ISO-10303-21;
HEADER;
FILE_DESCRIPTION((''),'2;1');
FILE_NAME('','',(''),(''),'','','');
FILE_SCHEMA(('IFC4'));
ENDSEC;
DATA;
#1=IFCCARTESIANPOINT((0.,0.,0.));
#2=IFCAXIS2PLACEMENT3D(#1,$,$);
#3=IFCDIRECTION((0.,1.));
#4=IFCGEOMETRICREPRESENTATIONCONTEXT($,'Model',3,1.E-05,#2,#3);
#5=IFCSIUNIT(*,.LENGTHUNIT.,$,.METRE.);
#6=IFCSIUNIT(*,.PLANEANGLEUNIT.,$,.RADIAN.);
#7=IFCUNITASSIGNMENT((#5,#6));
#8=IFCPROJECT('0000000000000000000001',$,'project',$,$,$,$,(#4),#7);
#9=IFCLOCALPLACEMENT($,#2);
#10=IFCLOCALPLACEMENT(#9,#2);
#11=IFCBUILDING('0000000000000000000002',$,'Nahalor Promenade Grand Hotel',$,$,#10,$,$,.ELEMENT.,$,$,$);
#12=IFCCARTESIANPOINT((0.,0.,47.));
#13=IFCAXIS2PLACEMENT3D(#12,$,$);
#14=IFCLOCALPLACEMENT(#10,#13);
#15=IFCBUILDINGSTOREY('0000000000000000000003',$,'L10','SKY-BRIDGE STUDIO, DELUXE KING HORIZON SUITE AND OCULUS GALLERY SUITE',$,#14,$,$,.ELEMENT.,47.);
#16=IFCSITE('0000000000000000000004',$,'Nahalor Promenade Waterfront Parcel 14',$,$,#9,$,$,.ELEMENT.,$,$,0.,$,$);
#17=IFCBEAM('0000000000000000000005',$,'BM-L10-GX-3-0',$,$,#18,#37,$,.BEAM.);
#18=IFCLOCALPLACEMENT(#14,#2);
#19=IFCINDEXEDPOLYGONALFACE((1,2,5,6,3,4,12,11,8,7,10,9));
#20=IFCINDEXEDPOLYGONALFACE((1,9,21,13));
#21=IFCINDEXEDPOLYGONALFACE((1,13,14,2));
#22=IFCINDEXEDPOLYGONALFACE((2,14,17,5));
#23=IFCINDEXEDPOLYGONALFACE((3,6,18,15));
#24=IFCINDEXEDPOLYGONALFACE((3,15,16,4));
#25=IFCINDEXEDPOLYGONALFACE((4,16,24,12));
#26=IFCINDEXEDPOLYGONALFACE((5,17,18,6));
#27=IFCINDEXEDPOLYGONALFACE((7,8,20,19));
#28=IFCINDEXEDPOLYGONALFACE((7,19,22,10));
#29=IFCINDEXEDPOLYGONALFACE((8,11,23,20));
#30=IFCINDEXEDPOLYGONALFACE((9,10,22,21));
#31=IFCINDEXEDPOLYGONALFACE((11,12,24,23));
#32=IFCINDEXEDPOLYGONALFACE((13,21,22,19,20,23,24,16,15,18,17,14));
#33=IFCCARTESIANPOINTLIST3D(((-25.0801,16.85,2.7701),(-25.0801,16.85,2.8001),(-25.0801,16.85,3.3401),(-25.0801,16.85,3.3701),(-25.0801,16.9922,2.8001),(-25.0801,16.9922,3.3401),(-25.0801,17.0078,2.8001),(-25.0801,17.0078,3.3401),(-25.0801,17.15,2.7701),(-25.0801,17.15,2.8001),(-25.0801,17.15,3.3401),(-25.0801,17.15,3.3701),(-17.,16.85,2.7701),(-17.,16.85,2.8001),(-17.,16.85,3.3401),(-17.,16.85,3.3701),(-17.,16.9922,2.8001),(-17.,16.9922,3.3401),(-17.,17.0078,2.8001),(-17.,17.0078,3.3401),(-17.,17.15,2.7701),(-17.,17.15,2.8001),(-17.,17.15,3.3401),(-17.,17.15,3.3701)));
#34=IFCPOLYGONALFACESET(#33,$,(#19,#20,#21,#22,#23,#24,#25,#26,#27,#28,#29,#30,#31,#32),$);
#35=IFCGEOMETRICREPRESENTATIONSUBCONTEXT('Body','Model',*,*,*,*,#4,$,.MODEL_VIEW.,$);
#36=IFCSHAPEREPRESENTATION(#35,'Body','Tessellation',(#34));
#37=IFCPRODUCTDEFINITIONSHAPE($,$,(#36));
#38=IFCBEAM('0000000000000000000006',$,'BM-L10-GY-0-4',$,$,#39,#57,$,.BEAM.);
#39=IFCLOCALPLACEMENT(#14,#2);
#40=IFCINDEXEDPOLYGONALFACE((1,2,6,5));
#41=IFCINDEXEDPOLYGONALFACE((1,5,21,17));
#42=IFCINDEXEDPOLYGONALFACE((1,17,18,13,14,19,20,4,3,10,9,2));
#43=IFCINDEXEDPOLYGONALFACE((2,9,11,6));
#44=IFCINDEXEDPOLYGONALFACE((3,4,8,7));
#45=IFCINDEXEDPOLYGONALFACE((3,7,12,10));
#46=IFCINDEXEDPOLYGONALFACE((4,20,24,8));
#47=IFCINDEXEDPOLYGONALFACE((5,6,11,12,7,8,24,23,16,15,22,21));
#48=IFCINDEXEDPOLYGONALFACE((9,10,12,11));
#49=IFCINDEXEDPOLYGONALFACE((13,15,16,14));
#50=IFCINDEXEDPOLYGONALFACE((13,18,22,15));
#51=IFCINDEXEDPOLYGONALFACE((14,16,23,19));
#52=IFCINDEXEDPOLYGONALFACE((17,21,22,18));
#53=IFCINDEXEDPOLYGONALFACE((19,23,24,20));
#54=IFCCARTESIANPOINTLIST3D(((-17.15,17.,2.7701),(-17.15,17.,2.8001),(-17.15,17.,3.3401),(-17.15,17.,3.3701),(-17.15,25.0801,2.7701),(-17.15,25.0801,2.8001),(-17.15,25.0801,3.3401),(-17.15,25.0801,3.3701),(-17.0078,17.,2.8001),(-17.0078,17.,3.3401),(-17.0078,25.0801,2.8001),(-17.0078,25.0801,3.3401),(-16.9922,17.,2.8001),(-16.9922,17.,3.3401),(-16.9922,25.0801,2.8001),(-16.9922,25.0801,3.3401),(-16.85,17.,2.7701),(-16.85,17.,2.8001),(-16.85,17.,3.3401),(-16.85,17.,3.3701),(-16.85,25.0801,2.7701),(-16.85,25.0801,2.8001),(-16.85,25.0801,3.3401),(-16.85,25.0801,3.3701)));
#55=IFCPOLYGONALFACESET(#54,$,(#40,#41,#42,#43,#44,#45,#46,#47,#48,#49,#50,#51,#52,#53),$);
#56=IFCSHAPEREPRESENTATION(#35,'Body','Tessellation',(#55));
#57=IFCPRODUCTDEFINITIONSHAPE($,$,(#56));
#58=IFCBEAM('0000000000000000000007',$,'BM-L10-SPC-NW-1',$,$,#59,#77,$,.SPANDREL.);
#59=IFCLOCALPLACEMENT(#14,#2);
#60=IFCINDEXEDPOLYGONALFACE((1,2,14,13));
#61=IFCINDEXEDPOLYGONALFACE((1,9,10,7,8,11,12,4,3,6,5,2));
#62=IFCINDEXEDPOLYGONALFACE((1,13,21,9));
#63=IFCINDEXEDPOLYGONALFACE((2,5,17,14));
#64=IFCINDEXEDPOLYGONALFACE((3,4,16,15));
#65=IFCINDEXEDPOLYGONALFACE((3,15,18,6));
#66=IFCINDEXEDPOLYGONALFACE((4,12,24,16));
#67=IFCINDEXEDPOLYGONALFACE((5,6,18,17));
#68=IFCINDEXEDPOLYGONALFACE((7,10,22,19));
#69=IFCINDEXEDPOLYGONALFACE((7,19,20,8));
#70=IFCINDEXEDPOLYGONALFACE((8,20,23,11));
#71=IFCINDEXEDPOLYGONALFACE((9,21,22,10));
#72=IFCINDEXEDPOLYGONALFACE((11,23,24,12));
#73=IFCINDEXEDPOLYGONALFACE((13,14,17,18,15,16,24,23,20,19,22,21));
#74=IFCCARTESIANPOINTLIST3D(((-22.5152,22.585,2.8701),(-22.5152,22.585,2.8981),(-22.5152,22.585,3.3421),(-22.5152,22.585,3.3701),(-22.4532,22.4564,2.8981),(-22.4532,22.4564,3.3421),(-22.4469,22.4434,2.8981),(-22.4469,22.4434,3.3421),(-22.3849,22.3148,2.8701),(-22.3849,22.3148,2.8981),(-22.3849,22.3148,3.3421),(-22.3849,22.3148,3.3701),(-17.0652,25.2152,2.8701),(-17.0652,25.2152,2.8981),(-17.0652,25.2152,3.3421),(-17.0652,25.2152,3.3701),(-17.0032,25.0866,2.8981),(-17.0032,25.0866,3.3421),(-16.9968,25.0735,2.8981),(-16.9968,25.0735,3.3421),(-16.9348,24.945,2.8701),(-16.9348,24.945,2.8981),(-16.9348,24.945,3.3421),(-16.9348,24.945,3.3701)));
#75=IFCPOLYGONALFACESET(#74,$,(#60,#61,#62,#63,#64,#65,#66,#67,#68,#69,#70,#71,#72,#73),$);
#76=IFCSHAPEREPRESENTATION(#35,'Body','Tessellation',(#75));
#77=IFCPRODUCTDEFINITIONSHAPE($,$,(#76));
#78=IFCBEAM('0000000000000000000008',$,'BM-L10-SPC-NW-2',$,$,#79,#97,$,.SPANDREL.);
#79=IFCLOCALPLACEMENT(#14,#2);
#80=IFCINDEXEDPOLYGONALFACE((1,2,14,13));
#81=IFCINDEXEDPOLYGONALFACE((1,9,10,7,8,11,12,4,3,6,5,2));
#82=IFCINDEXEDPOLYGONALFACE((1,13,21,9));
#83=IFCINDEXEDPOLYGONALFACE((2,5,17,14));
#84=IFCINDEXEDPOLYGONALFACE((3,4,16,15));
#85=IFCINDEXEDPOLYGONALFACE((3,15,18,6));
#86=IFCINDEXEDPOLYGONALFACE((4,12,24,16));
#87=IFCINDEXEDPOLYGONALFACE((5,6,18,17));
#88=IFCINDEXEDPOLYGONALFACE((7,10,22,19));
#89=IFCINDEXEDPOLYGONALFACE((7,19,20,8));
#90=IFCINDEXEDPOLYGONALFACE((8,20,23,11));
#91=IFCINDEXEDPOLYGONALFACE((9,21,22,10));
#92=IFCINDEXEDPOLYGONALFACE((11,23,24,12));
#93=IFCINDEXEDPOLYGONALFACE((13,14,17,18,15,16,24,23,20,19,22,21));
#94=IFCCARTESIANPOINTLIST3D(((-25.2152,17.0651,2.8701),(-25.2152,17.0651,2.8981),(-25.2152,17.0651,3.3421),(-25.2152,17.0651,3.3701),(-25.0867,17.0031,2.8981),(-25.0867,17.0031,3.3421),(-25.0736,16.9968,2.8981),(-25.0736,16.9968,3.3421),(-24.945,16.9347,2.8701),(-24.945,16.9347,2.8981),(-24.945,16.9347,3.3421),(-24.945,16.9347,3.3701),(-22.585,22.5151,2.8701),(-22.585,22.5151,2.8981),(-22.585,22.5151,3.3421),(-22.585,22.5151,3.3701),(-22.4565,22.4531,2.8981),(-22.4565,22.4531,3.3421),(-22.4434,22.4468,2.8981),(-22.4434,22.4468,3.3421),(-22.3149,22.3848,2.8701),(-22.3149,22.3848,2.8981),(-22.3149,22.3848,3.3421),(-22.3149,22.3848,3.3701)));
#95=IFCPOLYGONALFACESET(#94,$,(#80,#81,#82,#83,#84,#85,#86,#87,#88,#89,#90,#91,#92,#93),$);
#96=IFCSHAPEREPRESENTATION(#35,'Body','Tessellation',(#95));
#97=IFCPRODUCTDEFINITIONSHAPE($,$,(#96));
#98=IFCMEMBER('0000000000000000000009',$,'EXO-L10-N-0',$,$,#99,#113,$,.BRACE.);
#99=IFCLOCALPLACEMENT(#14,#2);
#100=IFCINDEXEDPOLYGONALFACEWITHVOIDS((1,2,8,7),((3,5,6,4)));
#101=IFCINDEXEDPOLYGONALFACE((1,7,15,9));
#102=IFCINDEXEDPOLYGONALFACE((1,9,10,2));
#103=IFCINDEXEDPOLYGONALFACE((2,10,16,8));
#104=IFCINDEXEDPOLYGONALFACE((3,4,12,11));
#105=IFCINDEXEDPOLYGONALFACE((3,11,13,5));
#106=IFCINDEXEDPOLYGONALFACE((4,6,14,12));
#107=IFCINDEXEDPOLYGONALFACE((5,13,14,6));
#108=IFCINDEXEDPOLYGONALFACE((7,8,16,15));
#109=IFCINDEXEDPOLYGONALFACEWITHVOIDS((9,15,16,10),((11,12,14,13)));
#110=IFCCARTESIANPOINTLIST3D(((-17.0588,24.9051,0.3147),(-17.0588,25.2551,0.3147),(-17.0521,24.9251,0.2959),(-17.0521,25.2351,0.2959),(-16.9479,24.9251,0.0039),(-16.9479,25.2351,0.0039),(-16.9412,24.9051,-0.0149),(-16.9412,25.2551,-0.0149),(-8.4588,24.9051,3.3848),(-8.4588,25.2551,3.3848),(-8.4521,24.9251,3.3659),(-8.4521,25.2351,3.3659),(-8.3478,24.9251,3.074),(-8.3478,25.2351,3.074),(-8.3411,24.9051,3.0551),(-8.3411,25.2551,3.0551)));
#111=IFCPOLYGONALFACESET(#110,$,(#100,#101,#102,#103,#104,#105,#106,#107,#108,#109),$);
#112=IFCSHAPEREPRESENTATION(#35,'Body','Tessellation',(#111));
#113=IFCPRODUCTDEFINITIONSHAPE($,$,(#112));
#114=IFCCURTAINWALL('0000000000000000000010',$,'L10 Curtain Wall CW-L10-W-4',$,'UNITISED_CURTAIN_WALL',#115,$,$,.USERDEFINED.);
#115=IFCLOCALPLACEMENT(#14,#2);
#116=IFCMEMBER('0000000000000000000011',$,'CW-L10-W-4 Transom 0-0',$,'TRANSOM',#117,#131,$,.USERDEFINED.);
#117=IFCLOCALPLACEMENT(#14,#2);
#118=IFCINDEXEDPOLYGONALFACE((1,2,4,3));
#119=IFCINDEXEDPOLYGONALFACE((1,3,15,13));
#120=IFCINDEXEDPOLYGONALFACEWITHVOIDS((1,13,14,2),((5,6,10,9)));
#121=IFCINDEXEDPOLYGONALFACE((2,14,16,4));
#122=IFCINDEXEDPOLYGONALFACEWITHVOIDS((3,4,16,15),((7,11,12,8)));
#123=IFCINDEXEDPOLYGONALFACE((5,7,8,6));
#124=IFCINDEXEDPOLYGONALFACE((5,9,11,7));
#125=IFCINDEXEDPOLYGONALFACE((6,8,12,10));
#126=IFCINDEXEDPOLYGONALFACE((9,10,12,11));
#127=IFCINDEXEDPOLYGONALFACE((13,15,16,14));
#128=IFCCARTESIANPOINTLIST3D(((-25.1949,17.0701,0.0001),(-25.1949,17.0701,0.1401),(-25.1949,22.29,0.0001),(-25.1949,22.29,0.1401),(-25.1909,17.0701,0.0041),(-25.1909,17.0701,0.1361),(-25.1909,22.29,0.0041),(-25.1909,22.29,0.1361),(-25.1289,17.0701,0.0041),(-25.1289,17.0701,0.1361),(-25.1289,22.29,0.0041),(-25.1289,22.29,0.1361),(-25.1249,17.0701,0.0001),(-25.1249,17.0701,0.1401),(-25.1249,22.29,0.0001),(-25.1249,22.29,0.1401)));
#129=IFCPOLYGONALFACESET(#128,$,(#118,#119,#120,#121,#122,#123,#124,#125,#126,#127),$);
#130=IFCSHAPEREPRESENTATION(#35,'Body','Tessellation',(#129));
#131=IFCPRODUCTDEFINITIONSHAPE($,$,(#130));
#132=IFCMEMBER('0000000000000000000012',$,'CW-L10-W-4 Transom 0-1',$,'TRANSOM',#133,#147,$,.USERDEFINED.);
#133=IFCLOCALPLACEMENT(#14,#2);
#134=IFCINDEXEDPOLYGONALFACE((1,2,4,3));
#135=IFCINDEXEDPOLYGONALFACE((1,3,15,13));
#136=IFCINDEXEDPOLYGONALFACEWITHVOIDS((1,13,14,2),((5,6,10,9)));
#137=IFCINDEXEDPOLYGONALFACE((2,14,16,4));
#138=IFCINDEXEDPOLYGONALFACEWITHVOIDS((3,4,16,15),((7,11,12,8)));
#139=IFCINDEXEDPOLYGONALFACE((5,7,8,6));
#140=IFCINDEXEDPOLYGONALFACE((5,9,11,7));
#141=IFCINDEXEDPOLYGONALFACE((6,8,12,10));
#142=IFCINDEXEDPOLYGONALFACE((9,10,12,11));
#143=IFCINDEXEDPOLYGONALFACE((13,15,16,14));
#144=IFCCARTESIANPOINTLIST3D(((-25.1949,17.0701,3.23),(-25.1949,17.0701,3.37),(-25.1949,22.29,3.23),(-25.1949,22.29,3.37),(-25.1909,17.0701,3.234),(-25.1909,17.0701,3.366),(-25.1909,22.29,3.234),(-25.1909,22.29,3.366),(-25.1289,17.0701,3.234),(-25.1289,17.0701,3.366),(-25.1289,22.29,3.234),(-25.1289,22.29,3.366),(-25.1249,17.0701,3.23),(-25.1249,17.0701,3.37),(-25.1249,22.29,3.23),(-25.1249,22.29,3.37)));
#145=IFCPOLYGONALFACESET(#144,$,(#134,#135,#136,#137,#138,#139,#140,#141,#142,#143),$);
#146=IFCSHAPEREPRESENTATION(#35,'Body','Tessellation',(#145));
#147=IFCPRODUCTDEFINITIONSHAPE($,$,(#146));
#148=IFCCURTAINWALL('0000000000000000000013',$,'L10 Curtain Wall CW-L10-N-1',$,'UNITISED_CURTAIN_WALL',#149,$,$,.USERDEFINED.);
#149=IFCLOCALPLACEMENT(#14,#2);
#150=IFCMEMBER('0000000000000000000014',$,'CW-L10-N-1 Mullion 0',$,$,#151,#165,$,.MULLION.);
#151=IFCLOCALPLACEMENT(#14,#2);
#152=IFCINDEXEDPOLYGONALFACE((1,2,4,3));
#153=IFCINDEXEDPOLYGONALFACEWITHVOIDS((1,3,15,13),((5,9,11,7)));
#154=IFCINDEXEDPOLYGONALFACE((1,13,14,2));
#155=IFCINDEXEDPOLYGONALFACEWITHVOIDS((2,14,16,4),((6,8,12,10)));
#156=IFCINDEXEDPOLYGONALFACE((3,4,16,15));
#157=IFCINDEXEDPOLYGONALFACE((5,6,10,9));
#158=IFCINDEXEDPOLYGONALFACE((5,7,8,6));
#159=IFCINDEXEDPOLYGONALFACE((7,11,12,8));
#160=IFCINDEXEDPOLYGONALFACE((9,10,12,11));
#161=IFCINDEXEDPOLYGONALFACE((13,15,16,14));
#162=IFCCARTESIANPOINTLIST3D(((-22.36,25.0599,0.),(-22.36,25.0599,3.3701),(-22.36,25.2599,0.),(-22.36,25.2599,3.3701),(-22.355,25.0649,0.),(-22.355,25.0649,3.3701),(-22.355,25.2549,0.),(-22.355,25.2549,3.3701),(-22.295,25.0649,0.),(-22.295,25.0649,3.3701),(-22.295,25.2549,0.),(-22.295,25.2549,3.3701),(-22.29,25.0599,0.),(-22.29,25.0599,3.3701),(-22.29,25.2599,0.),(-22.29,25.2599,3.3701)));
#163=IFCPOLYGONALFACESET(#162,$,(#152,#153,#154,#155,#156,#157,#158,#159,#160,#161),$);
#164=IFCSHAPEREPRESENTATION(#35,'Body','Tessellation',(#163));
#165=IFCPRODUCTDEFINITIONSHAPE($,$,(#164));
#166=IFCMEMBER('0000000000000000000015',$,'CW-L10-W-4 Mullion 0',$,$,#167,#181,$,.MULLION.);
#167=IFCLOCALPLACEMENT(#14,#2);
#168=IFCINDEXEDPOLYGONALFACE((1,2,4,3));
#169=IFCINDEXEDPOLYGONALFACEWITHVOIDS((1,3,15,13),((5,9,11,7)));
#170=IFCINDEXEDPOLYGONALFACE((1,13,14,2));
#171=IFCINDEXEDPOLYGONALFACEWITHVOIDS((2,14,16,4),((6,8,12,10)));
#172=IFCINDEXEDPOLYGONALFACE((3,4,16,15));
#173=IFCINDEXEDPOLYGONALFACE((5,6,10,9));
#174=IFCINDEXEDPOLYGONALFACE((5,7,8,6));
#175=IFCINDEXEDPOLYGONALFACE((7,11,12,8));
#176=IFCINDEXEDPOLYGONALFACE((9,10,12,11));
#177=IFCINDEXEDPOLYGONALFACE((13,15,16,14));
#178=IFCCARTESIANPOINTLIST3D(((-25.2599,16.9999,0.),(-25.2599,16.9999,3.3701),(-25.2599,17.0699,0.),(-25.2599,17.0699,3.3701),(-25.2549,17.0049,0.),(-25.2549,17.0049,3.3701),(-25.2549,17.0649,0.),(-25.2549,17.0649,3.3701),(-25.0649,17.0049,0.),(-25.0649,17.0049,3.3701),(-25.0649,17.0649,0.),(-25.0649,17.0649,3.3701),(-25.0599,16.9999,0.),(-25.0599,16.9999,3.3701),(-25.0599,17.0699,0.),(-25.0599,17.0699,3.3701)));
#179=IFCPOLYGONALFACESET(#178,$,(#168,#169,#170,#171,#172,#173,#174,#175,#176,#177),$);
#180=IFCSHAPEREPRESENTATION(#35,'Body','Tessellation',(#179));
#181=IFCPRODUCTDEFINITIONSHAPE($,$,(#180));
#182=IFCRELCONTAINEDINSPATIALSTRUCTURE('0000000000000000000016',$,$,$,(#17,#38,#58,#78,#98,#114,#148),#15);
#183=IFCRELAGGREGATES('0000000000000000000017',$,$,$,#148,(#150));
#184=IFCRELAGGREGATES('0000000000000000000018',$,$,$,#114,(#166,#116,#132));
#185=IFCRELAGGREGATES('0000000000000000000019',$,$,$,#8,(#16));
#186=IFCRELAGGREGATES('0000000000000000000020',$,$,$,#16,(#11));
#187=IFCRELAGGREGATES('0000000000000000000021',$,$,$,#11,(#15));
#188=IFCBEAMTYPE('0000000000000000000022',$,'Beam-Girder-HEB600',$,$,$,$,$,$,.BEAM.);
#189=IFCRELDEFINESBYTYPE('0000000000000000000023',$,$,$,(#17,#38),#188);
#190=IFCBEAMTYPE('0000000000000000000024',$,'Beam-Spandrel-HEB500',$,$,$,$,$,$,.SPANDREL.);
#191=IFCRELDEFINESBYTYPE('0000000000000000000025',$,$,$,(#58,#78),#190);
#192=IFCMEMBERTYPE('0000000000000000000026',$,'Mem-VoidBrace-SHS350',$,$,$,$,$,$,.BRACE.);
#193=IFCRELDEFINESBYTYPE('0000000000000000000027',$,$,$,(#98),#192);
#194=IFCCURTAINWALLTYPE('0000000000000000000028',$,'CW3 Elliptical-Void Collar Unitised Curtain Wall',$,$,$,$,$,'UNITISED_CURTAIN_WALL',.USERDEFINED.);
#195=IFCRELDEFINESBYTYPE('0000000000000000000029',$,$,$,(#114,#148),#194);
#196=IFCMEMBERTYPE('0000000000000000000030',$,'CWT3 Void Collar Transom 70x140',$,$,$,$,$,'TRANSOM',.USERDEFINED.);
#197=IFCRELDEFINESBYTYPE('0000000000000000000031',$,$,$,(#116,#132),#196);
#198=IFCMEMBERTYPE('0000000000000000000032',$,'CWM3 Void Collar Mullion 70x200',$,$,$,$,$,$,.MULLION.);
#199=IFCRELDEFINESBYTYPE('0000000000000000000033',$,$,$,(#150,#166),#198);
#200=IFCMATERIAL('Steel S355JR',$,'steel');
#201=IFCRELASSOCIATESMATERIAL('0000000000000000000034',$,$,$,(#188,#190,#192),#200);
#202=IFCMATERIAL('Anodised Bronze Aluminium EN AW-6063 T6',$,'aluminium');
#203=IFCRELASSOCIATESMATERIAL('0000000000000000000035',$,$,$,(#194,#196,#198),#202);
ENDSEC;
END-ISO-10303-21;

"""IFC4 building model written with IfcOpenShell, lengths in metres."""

from ifc_helpers import new_model, si_unit, direction, frame, origin, origin_2d, place, context, subcontext, project, spatial, hollow_rectangle, i_section, extrude, source, transform, mapped, material, material_profile, profile_set, type_object, element, aggregate, save


model = new_model("IFC4")

# Units and contexts
model_context = context("Model", 3, precision=1e-05, world=origin(), true_north=direction((0.0, 1.0)))
body_context = subcontext(model_context, "Body", "Model", "MODEL_VIEW")
ifc_project = project(units=[si_unit("LENGTHUNIT", "METRE"), si_unit("PLANEANGLEUNIT", "RADIAN")], contexts=[model_context])

# Site, building, storey
site_placement = place(None, origin())
site = spatial("IfcSite", under=ifc_project, at=site_placement, Name="Nahalor Promenade Waterfront Parcel 14", CompositionType="ELEMENT", RefElevation=0.0)
building_placement = place(site_placement, origin())
building = spatial("IfcBuilding", under=site, at=building_placement, Name="Nahalor Promenade Grand Hotel", CompositionType="ELEMENT")
storey_placement = place(building_placement, frame((0.0, 0.0, 47.0)))
storey = spatial("IfcBuildingStorey", under=building, at=storey_placement, Name="L10", Description="SKY-BRIDGE STUDIO, DELUXE KING HORIZON SUITE AND OCULUS GALLERY SUITE", CompositionType="ELEMENT", Elevation=47.0)

# Beams
ifc_material_1 = material(Name="Steel S355JR", Category="steel")
ifc_material_profile_1 = material_profile(ifc_material_1, i_section(OverallWidth=0.3, OverallDepth=0.6, WebThickness=0.0155, FlangeThickness=0.03, at=origin_2d()), Name="HEB 600")
ifc_profile_set_1 = profile_set([ifc_material_profile_1], Name="Steel S355JR")
beam_type_1 = type_object("IfcBeamType", Name="Beam-Girder-HEB600", PredefinedType="BEAM", material=ifc_profile_set_1)
ifc_material_profile_2 = material_profile(ifc_material_1, i_section(OverallWidth=0.3, OverallDepth=0.5, WebThickness=0.0145, FlangeThickness=0.028, at=origin_2d()), Name="HEB 500")
ifc_profile_set_2 = profile_set([ifc_material_profile_2], Name="Steel S355JR")
beam_type_2 = type_object("IfcBeamType", Name="Beam-Spandrel-HEB500", PredefinedType="SPANDREL", material=ifc_profile_set_2)
shared_shape_1 = source(origin(), body_context, "Body", "SweptSolid", [
    extrude(i_section(OverallWidth=0.3, OverallDepth=0.6, WebThickness=0.0155, FlangeThickness=0.03, at=origin_2d()), origin(), (0.0, 0.0, 1.0), 8.0801),
])
for number, where, z_axis, x_axis, name in (
    (1, (-25.0801, 17.0, 3.0701), (1.0, 0.0, 0.0), (0.0, 1.0, 0.0), "BM-L10-GX-3-0"),
    (2, (-17.0, 17.0, 3.0701), (0.0, 1.0, 0.0), (-1.0, 0.0, 0.0), "BM-L10-GY-0-4"),
):
    element("IfcBeam", number, at=place(storey_placement, frame(where, z_axis=z_axis, x_axis=x_axis)), inside=storey, type_object=beam_type_1, Name=name, PredefinedType="BEAM", context=body_context, shape_type="MappedRepresentation", body=[
        mapped(shared_shape_1, transform((0.0, 0.0, 0.0), scale=1.0)),
    ])
shared_shape_2 = source(origin(), body_context, "Body", "SweptSolid", [
    extrude(i_section(OverallWidth=0.3, OverallDepth=0.5, WebThickness=0.0145, FlangeThickness=0.028, at=origin_2d()), origin(), (0.0, 0.0, 1.0), 6.0515),
])
for number, where, z_axis, x_axis, name in (
    (3, (-17.0, 25.0801, 3.1201), (-0.900609, -0.434631, 0.0), (0.434631, -0.900609, 0.0), "BM-L10-SPC-NW-1"),
    (4, (-22.45, 22.45, 3.1201), (-0.434631, -0.900609, 0.0), (0.900609, -0.434631, 0.0), "BM-L10-SPC-NW-2"),
):
    element("IfcBeam", number, at=place(storey_placement, frame(where, z_axis=z_axis, x_axis=x_axis)), inside=storey, type_object=beam_type_2, Name=name, PredefinedType="SPANDREL", context=body_context, shape_type="MappedRepresentation", body=[
        mapped(shared_shape_2, transform((0.0, 0.0, 0.0), scale=1.0)),
    ])

# Member
ifc_material_profile_3 = material_profile(ifc_material_1, hollow_rectangle(XDim=0.35, YDim=0.35, WallThickness=0.02, at=origin_2d()), Name="SHS 350x350x20")
ifc_profile_set_3 = profile_set([ifc_material_profile_3], Name="Steel S355JR")
member_type_1 = type_object("IfcMemberType", Name="Mem-VoidBrace-SHS350", PredefinedType="BRACE", material=ifc_profile_set_3)
shared_shape_3 = source(origin(), body_context, "Body", "SweptSolid", [
    extrude(hollow_rectangle(XDim=0.35, YDim=0.35, WallThickness=0.02, at=origin_2d()), origin(), (0.0, 0.0, 1.0), 9.1316),
])
member_1_placement = place(storey_placement, frame((-17.0, 25.0801, 0.1499), z_axis=(0.94179, 0.0, 0.336201), x_axis=(0.0, 1.0, 0.0)))
element("IfcMember", 5, at=member_1_placement, inside=storey, type_object=member_type_1, Name="EXO-L10-N-0", PredefinedType="BRACE", context=body_context, shape_type="MappedRepresentation", body=[
    mapped(shared_shape_3, transform((0.0, 0.0, 0.0), scale=1.0)),
])

# Curtain wall, members
ifc_material_2 = material(Name="Anodised Bronze Aluminium EN AW-6063 T6", Category="aluminium")
curtain_wall_type = type_object("IfcCurtainWallType", Name="CW3 Elliptical-Void Collar Unitised Curtain Wall", ElementType="UNITISED_CURTAIN_WALL", PredefinedType="USERDEFINED", material=ifc_material_2)
curtain_wall_1_placement = place(storey_placement, origin())
curtain_wall_1 = element("IfcCurtainWall", 6, at=curtain_wall_1_placement, inside=storey, type_object=curtain_wall_type, Name="L10 Curtain Wall CW-L10-W-4", ObjectType="UNITISED_CURTAIN_WALL", PredefinedType="USERDEFINED")
ifc_material_profile_4 = material_profile(ifc_material_2, hollow_rectangle(XDim=0.07, YDim=0.14, WallThickness=0.004, at=origin_2d()), Name="CWT 70x140x4")
ifc_profile_set_4 = profile_set([ifc_material_profile_4], Name="Anodised Bronze Aluminium EN AW-6063 T6")
member_type_2 = type_object("IfcMemberType", Name="CWT3 Void Collar Transom 70x140", ElementType="TRANSOM", PredefinedType="USERDEFINED", material=ifc_profile_set_4)
shared_shape_4 = source(origin(), body_context, "Body", "SweptSolid", [
    extrude(hollow_rectangle(XDim=0.07, YDim=0.14, WallThickness=0.004, at=origin_2d()), origin(), (0.0, 0.0, 1.0), 5.22),
])
member_2_placement = place(storey_placement, frame((-25.1599, 17.0701, 0.0701), z_axis=(0.0, 1.0, 0.0), x_axis=(-1.0, 0.0, 0.0)))
member_2 = element("IfcMember", 7, at=member_2_placement, type_object=member_type_2, Name="CW-L10-W-4 Transom 0-0", ObjectType="TRANSOM", PredefinedType="USERDEFINED", context=body_context, shape_type="MappedRepresentation", body=[
    mapped(shared_shape_4, transform((0.0, 0.0, 0.0), scale=1.0)),
])
member_3_placement = place(storey_placement, frame((-25.1599, 17.0701, 3.3), z_axis=(0.0, 1.0, 0.0), x_axis=(-1.0, 0.0, 0.0)))
member_3 = element("IfcMember", 8, at=member_3_placement, type_object=member_type_2, Name="CW-L10-W-4 Transom 0-1", ObjectType="TRANSOM", PredefinedType="USERDEFINED", context=body_context, shape_type="MappedRepresentation", body=[
    mapped(shared_shape_4, transform((0.0, 0.0, 0.0), scale=1.0)),
])

# Curtain wall, member
curtain_wall_2_placement = place(storey_placement, origin())
curtain_wall_2 = element("IfcCurtainWall", 9, at=curtain_wall_2_placement, inside=storey, type_object=curtain_wall_type, Name="L10 Curtain Wall CW-L10-N-1", ObjectType="UNITISED_CURTAIN_WALL", PredefinedType="USERDEFINED")
ifc_material_profile_5 = material_profile(ifc_material_2, hollow_rectangle(XDim=0.07, YDim=0.2, WallThickness=0.005, at=origin_2d()), Name="CWM 70x200x5")
ifc_profile_set_5 = profile_set([ifc_material_profile_5], Name="Anodised Bronze Aluminium EN AW-6063 T6")
member_type_3 = type_object("IfcMemberType", Name="CWM3 Void Collar Mullion 70x200", PredefinedType="MULLION", material=ifc_profile_set_5)
shared_shape_5 = source(origin(), body_context, "Body", "SweptSolid", [
    extrude(hollow_rectangle(XDim=0.07, YDim=0.2, WallThickness=0.005, at=origin_2d()), origin(), (0.0, 0.0, 1.0), 3.3701),
])
member_4_placement = place(storey_placement, frame((-22.325, 25.1599, 0.0), z_axis=(0.0, 0.0, 1.0), x_axis=(1.0, 0.0, 0.0)))
member_4 = element("IfcMember", 10, at=member_4_placement, type_object=member_type_3, Name="CW-L10-N-1 Mullion 0", PredefinedType="MULLION", context=body_context, shape_type="MappedRepresentation", body=[
    mapped(shared_shape_5, transform((0.0, 0.0, 0.0), scale=1.0)),
])

# Member
member_5_placement = place(storey_placement, frame((-25.1599, 17.0349, 0.0), z_axis=(0.0, 0.0, 1.0), x_axis=(0.0, 1.0, 0.0)))
member_5 = element("IfcMember", 11, at=member_5_placement, type_object=member_type_3, Name="CW-L10-W-4 Mullion 0", PredefinedType="MULLION", context=body_context, shape_type="MappedRepresentation", body=[
    mapped(shared_shape_5, transform((0.0, 0.0, 0.0), scale=1.0)),
])

aggregate(curtain_wall_2, [member_4])
aggregate(curtain_wall_1, [member_5, member_2, member_3])

save(model, "model.ifc")
